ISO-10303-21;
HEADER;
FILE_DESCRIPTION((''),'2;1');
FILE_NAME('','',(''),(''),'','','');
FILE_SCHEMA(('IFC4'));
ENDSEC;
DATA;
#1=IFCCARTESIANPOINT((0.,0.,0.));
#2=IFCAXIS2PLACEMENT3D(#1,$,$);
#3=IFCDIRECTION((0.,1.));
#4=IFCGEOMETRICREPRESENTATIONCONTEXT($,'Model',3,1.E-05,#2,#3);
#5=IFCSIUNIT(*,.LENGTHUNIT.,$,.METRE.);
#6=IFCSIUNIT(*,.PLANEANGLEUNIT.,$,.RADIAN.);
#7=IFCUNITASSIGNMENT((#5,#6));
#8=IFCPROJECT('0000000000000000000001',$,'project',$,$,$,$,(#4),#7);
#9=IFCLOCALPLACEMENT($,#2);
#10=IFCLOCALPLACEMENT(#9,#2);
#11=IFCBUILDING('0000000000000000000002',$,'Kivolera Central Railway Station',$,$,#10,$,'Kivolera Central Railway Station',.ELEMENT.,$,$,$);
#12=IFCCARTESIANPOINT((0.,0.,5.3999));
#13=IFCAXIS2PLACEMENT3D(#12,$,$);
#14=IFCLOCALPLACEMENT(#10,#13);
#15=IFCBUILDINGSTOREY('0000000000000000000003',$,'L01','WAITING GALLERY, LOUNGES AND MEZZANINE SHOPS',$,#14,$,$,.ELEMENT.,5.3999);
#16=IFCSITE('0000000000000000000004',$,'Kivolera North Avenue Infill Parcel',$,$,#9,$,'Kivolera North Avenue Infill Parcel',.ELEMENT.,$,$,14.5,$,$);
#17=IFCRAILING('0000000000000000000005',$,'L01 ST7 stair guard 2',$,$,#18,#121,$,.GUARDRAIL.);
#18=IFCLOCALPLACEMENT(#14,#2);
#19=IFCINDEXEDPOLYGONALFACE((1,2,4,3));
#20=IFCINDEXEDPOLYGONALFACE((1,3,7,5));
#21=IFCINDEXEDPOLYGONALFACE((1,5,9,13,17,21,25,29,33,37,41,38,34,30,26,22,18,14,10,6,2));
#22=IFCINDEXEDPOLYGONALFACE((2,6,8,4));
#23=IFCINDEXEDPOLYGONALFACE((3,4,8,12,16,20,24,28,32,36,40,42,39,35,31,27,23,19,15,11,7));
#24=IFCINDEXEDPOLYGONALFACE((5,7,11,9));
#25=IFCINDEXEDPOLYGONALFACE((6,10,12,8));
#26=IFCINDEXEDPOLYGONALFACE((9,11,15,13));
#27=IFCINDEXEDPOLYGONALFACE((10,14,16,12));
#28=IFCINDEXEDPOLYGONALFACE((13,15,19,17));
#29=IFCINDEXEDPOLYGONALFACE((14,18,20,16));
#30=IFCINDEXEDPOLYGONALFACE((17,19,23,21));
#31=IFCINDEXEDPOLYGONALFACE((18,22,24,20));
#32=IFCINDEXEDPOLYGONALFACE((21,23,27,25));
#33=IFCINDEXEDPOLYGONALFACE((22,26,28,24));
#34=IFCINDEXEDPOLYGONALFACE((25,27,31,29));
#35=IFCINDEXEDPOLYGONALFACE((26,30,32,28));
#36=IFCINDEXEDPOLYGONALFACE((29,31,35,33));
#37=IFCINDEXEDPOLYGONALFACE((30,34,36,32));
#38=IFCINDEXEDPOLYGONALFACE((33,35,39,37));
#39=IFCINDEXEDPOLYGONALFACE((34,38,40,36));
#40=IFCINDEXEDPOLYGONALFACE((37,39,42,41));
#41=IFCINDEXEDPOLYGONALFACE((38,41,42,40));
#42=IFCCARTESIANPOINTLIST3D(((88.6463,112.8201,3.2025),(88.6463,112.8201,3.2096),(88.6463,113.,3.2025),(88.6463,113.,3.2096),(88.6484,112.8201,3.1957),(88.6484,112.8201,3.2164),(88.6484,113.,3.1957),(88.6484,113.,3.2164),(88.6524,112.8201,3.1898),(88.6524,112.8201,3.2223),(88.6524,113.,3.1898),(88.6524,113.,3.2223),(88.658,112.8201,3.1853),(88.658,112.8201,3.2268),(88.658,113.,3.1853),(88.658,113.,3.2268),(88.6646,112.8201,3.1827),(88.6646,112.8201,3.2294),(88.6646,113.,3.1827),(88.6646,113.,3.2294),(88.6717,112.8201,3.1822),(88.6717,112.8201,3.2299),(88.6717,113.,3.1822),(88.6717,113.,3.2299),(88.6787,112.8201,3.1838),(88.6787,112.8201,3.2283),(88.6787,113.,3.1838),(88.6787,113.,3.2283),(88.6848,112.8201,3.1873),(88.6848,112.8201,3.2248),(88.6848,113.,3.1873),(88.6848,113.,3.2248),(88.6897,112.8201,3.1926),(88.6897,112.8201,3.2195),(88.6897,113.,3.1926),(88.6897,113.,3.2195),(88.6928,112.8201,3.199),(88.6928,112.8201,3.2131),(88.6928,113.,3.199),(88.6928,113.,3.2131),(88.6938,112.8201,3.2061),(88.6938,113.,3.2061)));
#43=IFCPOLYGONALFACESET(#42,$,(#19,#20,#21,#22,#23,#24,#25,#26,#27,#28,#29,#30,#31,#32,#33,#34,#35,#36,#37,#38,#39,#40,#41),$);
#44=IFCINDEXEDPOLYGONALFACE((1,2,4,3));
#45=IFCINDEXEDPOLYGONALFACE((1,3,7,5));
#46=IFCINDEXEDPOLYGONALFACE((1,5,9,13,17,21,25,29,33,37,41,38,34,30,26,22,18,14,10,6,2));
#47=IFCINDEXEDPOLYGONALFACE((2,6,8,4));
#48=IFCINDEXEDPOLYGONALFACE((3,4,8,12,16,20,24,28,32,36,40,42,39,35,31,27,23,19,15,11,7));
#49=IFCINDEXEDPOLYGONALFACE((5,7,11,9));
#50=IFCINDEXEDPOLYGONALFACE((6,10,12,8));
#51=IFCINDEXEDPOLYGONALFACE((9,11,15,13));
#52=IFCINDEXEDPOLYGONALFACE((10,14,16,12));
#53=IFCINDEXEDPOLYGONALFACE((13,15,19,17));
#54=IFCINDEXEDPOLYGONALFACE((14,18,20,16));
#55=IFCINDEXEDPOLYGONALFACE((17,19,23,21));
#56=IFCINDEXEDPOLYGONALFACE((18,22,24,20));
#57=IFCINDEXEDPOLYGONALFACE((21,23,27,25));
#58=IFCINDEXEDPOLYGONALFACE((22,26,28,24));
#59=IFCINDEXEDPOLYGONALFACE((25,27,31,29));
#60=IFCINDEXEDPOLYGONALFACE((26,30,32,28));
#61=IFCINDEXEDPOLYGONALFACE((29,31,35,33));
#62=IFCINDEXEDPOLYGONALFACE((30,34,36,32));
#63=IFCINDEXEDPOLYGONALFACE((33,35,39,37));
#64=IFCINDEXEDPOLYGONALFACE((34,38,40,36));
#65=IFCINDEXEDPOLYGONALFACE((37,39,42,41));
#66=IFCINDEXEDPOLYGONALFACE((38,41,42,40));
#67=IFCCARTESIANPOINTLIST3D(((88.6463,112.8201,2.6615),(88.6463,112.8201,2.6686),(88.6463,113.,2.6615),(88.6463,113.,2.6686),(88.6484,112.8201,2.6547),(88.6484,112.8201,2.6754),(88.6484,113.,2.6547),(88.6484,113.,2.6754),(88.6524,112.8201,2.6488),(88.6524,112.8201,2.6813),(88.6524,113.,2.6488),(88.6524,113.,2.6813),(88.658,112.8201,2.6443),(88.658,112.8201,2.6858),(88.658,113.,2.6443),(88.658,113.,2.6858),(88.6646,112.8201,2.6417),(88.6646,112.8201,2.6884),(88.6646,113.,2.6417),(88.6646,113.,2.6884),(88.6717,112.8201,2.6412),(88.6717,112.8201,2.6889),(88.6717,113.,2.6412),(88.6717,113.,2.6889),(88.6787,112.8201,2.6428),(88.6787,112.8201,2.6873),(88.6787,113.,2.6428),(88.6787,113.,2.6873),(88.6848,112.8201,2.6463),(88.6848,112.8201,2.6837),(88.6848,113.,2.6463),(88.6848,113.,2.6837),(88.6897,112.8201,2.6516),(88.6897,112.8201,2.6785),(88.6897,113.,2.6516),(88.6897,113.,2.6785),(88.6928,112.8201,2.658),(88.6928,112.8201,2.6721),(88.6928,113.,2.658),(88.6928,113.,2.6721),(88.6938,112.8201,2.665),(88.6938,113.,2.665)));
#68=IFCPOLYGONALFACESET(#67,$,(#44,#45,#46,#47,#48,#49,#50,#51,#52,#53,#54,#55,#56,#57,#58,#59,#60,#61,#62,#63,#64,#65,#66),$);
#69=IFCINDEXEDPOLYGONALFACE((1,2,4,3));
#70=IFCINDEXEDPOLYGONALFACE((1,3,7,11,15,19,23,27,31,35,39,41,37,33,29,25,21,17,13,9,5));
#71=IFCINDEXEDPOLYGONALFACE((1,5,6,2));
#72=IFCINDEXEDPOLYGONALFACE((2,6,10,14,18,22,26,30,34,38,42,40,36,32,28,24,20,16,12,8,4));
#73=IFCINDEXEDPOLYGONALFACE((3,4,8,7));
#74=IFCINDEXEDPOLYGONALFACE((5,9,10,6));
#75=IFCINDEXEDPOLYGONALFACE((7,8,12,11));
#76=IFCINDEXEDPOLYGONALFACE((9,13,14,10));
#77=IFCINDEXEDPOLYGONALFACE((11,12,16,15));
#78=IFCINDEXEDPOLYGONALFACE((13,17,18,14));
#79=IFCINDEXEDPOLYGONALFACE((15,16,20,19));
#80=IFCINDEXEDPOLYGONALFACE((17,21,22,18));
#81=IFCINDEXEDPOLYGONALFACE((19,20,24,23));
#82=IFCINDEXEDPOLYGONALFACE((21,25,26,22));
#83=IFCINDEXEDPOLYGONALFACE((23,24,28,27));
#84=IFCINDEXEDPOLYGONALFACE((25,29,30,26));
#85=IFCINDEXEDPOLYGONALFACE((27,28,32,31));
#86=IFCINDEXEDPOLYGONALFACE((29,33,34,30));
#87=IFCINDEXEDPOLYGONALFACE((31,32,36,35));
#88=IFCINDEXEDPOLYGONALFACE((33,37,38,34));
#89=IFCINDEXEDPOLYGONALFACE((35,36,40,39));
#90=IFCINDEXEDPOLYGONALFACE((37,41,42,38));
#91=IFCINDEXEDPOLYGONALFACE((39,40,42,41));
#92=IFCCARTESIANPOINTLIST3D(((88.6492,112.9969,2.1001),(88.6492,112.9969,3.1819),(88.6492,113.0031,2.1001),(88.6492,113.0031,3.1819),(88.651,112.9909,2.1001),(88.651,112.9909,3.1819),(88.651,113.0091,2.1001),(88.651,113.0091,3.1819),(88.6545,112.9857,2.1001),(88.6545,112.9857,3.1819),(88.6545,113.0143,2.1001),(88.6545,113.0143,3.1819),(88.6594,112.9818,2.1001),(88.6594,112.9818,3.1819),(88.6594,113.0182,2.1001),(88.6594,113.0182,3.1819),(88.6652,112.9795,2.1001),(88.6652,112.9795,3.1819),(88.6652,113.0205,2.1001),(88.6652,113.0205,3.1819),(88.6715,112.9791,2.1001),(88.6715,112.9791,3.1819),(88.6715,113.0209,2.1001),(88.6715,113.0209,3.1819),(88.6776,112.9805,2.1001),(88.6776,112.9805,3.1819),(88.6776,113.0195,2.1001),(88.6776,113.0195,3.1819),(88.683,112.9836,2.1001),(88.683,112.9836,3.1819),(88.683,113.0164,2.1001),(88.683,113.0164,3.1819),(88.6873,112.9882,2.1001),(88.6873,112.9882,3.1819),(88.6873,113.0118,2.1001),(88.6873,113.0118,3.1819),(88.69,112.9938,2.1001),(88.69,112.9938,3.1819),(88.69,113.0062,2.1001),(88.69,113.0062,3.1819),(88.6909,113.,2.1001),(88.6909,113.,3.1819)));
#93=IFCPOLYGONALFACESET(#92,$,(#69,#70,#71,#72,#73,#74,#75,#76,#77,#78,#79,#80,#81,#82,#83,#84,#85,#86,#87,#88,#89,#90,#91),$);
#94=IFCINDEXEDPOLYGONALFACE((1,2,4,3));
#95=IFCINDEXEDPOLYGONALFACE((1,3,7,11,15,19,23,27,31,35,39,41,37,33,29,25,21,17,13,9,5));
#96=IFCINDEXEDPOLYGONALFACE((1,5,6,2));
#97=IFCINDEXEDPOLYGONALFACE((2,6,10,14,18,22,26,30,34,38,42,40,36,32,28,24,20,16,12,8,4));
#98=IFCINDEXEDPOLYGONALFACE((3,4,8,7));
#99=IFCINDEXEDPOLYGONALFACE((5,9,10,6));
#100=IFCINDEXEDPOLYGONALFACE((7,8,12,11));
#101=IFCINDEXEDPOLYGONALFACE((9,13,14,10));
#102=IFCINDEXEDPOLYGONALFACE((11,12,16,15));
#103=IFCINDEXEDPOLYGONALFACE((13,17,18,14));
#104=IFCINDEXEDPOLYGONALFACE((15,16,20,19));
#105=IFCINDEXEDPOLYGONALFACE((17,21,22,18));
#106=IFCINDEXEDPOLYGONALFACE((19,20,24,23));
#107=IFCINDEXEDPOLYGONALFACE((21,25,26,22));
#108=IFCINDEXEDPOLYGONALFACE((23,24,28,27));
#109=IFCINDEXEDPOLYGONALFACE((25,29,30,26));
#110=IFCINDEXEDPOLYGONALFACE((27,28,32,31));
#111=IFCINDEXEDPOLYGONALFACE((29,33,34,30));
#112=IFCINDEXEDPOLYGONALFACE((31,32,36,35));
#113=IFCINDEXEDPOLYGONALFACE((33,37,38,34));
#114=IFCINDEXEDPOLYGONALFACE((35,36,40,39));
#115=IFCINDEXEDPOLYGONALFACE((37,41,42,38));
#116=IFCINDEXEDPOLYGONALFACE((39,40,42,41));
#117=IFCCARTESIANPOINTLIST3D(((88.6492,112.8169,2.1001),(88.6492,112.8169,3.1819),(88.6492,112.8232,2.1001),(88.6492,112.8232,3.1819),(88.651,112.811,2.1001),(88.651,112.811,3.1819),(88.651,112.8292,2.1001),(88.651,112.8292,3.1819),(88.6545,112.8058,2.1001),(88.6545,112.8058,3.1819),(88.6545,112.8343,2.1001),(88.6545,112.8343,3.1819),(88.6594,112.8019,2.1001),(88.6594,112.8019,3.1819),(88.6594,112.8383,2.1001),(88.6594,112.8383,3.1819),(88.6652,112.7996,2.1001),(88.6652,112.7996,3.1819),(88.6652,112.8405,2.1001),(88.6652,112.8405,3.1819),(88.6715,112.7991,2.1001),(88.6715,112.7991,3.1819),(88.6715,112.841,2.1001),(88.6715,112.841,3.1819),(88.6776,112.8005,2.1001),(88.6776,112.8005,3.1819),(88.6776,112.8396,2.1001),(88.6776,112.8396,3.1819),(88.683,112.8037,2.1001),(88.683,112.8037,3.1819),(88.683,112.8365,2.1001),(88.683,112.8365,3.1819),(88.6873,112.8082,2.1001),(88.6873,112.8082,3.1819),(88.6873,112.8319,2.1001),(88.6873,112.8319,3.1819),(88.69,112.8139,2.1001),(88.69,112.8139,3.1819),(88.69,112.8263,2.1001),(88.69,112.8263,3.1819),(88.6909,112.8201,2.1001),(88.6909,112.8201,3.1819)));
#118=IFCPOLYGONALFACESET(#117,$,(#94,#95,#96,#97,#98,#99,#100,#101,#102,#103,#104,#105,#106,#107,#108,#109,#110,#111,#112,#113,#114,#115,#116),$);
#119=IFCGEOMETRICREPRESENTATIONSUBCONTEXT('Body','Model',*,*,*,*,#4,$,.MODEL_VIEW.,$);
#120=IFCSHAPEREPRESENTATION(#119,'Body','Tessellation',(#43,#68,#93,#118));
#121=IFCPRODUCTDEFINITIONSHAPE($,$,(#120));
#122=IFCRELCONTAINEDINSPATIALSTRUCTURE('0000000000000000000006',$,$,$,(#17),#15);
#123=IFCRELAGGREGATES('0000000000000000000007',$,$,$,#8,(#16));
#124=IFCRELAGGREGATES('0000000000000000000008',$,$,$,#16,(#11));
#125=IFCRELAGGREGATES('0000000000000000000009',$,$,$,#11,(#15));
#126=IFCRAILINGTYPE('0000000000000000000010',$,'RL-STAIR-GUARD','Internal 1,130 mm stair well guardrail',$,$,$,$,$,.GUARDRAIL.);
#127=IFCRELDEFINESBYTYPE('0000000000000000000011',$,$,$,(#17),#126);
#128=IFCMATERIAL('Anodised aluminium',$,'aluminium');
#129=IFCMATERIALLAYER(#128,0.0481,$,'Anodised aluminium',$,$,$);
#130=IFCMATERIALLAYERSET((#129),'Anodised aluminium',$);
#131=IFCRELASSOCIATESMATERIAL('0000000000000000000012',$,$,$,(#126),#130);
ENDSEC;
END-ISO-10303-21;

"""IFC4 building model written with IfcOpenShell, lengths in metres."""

from ifc_helpers import new_model, si_unit, direction, frame, origin, origin_2d, place, context, subcontext, project, spatial, circle, extrude, material, layer, layer_set, type_object, element, save


model = new_model("IFC4")

# Units and contexts
model_context = context("Model", 3, precision=1e-05, world=origin(), true_north=direction((0.0, 1.0)))
body_context = subcontext(model_context, "Body", "Model", "MODEL_VIEW")
ifc_project = project(units=[si_unit("LENGTHUNIT", "METRE"), si_unit("PLANEANGLEUNIT", "RADIAN")], contexts=[model_context])

# Site, building, storey
site_placement = place(None, origin())
site = spatial("IfcSite", under=ifc_project, at=site_placement, Name="Kivolera North Avenue Infill Parcel", LongName="Kivolera North Avenue Infill Parcel", CompositionType="ELEMENT", RefElevation=14.5)
building_placement = place(site_placement, origin())
building = spatial("IfcBuilding", under=site, at=building_placement, Name="Kivolera Central Railway Station", LongName="Kivolera Central Railway Station", CompositionType="ELEMENT")
storey_placement = place(building_placement, frame((0.0, 0.0, 5.3999)))
storey = spatial("IfcBuildingStorey", under=building, at=storey_placement, Name="L01", Description="WAITING GALLERY, LOUNGES AND MEZZANINE SHOPS", CompositionType="ELEMENT", Elevation=5.3999)

# Shared definitions
ifc_material_1 = material(Name="Anodised aluminium", Category="aluminium")

# Railing
ifc_layer_1 = layer(ifc_material_1, 0.0481, Name="Anodised aluminium")
ifc_layer_set_1 = layer_set([ifc_layer_1], Name="Anodised aluminium")
railing_type_1 = type_object("IfcRailingType", Name="RL-STAIR-GUARD", Description="Internal 1,130 mm stair well guardrail", PredefinedType="GUARDRAIL", material=ifc_layer_set_1)
railing_1_placement = place(storey_placement, frame((88.6699, 113.0, 2.1001)))
element("IfcRailing", 1, at=railing_1_placement, inside=storey, type_object=railing_type_1, Name="L01 ST7 stair guard 2", PredefinedType="GUARDRAIL", context=body_context, shape_type="SweptSolid", body=[
    extrude(circle(Radius=0.0239, at=origin_2d()), frame((0.0, 0.0, 1.106), z_axis=(0.0, -1.0, 0.0), x_axis=(1.0, 0.0, 0.0)), (0.0, 0.0, 1.0), 0.1799),
    extrude(circle(Radius=0.0239, at=origin_2d()), frame((0.0, 0.0, 0.5649), z_axis=(0.0, -1.0, 0.0), x_axis=(1.0, 0.0, 0.0)), (0.0, 0.0, 1.0), 0.1799),
    extrude(circle(Radius=0.021, at=origin_2d()), origin(), (0.0, 0.0, 1.0), 1.0818),
    extrude(circle(Radius=0.021, at=origin_2d()), frame((0.0, -0.1799, 0.0)), (0.0, 0.0, 1.0), 1.0818),
])

save(model, "model.ifc")
